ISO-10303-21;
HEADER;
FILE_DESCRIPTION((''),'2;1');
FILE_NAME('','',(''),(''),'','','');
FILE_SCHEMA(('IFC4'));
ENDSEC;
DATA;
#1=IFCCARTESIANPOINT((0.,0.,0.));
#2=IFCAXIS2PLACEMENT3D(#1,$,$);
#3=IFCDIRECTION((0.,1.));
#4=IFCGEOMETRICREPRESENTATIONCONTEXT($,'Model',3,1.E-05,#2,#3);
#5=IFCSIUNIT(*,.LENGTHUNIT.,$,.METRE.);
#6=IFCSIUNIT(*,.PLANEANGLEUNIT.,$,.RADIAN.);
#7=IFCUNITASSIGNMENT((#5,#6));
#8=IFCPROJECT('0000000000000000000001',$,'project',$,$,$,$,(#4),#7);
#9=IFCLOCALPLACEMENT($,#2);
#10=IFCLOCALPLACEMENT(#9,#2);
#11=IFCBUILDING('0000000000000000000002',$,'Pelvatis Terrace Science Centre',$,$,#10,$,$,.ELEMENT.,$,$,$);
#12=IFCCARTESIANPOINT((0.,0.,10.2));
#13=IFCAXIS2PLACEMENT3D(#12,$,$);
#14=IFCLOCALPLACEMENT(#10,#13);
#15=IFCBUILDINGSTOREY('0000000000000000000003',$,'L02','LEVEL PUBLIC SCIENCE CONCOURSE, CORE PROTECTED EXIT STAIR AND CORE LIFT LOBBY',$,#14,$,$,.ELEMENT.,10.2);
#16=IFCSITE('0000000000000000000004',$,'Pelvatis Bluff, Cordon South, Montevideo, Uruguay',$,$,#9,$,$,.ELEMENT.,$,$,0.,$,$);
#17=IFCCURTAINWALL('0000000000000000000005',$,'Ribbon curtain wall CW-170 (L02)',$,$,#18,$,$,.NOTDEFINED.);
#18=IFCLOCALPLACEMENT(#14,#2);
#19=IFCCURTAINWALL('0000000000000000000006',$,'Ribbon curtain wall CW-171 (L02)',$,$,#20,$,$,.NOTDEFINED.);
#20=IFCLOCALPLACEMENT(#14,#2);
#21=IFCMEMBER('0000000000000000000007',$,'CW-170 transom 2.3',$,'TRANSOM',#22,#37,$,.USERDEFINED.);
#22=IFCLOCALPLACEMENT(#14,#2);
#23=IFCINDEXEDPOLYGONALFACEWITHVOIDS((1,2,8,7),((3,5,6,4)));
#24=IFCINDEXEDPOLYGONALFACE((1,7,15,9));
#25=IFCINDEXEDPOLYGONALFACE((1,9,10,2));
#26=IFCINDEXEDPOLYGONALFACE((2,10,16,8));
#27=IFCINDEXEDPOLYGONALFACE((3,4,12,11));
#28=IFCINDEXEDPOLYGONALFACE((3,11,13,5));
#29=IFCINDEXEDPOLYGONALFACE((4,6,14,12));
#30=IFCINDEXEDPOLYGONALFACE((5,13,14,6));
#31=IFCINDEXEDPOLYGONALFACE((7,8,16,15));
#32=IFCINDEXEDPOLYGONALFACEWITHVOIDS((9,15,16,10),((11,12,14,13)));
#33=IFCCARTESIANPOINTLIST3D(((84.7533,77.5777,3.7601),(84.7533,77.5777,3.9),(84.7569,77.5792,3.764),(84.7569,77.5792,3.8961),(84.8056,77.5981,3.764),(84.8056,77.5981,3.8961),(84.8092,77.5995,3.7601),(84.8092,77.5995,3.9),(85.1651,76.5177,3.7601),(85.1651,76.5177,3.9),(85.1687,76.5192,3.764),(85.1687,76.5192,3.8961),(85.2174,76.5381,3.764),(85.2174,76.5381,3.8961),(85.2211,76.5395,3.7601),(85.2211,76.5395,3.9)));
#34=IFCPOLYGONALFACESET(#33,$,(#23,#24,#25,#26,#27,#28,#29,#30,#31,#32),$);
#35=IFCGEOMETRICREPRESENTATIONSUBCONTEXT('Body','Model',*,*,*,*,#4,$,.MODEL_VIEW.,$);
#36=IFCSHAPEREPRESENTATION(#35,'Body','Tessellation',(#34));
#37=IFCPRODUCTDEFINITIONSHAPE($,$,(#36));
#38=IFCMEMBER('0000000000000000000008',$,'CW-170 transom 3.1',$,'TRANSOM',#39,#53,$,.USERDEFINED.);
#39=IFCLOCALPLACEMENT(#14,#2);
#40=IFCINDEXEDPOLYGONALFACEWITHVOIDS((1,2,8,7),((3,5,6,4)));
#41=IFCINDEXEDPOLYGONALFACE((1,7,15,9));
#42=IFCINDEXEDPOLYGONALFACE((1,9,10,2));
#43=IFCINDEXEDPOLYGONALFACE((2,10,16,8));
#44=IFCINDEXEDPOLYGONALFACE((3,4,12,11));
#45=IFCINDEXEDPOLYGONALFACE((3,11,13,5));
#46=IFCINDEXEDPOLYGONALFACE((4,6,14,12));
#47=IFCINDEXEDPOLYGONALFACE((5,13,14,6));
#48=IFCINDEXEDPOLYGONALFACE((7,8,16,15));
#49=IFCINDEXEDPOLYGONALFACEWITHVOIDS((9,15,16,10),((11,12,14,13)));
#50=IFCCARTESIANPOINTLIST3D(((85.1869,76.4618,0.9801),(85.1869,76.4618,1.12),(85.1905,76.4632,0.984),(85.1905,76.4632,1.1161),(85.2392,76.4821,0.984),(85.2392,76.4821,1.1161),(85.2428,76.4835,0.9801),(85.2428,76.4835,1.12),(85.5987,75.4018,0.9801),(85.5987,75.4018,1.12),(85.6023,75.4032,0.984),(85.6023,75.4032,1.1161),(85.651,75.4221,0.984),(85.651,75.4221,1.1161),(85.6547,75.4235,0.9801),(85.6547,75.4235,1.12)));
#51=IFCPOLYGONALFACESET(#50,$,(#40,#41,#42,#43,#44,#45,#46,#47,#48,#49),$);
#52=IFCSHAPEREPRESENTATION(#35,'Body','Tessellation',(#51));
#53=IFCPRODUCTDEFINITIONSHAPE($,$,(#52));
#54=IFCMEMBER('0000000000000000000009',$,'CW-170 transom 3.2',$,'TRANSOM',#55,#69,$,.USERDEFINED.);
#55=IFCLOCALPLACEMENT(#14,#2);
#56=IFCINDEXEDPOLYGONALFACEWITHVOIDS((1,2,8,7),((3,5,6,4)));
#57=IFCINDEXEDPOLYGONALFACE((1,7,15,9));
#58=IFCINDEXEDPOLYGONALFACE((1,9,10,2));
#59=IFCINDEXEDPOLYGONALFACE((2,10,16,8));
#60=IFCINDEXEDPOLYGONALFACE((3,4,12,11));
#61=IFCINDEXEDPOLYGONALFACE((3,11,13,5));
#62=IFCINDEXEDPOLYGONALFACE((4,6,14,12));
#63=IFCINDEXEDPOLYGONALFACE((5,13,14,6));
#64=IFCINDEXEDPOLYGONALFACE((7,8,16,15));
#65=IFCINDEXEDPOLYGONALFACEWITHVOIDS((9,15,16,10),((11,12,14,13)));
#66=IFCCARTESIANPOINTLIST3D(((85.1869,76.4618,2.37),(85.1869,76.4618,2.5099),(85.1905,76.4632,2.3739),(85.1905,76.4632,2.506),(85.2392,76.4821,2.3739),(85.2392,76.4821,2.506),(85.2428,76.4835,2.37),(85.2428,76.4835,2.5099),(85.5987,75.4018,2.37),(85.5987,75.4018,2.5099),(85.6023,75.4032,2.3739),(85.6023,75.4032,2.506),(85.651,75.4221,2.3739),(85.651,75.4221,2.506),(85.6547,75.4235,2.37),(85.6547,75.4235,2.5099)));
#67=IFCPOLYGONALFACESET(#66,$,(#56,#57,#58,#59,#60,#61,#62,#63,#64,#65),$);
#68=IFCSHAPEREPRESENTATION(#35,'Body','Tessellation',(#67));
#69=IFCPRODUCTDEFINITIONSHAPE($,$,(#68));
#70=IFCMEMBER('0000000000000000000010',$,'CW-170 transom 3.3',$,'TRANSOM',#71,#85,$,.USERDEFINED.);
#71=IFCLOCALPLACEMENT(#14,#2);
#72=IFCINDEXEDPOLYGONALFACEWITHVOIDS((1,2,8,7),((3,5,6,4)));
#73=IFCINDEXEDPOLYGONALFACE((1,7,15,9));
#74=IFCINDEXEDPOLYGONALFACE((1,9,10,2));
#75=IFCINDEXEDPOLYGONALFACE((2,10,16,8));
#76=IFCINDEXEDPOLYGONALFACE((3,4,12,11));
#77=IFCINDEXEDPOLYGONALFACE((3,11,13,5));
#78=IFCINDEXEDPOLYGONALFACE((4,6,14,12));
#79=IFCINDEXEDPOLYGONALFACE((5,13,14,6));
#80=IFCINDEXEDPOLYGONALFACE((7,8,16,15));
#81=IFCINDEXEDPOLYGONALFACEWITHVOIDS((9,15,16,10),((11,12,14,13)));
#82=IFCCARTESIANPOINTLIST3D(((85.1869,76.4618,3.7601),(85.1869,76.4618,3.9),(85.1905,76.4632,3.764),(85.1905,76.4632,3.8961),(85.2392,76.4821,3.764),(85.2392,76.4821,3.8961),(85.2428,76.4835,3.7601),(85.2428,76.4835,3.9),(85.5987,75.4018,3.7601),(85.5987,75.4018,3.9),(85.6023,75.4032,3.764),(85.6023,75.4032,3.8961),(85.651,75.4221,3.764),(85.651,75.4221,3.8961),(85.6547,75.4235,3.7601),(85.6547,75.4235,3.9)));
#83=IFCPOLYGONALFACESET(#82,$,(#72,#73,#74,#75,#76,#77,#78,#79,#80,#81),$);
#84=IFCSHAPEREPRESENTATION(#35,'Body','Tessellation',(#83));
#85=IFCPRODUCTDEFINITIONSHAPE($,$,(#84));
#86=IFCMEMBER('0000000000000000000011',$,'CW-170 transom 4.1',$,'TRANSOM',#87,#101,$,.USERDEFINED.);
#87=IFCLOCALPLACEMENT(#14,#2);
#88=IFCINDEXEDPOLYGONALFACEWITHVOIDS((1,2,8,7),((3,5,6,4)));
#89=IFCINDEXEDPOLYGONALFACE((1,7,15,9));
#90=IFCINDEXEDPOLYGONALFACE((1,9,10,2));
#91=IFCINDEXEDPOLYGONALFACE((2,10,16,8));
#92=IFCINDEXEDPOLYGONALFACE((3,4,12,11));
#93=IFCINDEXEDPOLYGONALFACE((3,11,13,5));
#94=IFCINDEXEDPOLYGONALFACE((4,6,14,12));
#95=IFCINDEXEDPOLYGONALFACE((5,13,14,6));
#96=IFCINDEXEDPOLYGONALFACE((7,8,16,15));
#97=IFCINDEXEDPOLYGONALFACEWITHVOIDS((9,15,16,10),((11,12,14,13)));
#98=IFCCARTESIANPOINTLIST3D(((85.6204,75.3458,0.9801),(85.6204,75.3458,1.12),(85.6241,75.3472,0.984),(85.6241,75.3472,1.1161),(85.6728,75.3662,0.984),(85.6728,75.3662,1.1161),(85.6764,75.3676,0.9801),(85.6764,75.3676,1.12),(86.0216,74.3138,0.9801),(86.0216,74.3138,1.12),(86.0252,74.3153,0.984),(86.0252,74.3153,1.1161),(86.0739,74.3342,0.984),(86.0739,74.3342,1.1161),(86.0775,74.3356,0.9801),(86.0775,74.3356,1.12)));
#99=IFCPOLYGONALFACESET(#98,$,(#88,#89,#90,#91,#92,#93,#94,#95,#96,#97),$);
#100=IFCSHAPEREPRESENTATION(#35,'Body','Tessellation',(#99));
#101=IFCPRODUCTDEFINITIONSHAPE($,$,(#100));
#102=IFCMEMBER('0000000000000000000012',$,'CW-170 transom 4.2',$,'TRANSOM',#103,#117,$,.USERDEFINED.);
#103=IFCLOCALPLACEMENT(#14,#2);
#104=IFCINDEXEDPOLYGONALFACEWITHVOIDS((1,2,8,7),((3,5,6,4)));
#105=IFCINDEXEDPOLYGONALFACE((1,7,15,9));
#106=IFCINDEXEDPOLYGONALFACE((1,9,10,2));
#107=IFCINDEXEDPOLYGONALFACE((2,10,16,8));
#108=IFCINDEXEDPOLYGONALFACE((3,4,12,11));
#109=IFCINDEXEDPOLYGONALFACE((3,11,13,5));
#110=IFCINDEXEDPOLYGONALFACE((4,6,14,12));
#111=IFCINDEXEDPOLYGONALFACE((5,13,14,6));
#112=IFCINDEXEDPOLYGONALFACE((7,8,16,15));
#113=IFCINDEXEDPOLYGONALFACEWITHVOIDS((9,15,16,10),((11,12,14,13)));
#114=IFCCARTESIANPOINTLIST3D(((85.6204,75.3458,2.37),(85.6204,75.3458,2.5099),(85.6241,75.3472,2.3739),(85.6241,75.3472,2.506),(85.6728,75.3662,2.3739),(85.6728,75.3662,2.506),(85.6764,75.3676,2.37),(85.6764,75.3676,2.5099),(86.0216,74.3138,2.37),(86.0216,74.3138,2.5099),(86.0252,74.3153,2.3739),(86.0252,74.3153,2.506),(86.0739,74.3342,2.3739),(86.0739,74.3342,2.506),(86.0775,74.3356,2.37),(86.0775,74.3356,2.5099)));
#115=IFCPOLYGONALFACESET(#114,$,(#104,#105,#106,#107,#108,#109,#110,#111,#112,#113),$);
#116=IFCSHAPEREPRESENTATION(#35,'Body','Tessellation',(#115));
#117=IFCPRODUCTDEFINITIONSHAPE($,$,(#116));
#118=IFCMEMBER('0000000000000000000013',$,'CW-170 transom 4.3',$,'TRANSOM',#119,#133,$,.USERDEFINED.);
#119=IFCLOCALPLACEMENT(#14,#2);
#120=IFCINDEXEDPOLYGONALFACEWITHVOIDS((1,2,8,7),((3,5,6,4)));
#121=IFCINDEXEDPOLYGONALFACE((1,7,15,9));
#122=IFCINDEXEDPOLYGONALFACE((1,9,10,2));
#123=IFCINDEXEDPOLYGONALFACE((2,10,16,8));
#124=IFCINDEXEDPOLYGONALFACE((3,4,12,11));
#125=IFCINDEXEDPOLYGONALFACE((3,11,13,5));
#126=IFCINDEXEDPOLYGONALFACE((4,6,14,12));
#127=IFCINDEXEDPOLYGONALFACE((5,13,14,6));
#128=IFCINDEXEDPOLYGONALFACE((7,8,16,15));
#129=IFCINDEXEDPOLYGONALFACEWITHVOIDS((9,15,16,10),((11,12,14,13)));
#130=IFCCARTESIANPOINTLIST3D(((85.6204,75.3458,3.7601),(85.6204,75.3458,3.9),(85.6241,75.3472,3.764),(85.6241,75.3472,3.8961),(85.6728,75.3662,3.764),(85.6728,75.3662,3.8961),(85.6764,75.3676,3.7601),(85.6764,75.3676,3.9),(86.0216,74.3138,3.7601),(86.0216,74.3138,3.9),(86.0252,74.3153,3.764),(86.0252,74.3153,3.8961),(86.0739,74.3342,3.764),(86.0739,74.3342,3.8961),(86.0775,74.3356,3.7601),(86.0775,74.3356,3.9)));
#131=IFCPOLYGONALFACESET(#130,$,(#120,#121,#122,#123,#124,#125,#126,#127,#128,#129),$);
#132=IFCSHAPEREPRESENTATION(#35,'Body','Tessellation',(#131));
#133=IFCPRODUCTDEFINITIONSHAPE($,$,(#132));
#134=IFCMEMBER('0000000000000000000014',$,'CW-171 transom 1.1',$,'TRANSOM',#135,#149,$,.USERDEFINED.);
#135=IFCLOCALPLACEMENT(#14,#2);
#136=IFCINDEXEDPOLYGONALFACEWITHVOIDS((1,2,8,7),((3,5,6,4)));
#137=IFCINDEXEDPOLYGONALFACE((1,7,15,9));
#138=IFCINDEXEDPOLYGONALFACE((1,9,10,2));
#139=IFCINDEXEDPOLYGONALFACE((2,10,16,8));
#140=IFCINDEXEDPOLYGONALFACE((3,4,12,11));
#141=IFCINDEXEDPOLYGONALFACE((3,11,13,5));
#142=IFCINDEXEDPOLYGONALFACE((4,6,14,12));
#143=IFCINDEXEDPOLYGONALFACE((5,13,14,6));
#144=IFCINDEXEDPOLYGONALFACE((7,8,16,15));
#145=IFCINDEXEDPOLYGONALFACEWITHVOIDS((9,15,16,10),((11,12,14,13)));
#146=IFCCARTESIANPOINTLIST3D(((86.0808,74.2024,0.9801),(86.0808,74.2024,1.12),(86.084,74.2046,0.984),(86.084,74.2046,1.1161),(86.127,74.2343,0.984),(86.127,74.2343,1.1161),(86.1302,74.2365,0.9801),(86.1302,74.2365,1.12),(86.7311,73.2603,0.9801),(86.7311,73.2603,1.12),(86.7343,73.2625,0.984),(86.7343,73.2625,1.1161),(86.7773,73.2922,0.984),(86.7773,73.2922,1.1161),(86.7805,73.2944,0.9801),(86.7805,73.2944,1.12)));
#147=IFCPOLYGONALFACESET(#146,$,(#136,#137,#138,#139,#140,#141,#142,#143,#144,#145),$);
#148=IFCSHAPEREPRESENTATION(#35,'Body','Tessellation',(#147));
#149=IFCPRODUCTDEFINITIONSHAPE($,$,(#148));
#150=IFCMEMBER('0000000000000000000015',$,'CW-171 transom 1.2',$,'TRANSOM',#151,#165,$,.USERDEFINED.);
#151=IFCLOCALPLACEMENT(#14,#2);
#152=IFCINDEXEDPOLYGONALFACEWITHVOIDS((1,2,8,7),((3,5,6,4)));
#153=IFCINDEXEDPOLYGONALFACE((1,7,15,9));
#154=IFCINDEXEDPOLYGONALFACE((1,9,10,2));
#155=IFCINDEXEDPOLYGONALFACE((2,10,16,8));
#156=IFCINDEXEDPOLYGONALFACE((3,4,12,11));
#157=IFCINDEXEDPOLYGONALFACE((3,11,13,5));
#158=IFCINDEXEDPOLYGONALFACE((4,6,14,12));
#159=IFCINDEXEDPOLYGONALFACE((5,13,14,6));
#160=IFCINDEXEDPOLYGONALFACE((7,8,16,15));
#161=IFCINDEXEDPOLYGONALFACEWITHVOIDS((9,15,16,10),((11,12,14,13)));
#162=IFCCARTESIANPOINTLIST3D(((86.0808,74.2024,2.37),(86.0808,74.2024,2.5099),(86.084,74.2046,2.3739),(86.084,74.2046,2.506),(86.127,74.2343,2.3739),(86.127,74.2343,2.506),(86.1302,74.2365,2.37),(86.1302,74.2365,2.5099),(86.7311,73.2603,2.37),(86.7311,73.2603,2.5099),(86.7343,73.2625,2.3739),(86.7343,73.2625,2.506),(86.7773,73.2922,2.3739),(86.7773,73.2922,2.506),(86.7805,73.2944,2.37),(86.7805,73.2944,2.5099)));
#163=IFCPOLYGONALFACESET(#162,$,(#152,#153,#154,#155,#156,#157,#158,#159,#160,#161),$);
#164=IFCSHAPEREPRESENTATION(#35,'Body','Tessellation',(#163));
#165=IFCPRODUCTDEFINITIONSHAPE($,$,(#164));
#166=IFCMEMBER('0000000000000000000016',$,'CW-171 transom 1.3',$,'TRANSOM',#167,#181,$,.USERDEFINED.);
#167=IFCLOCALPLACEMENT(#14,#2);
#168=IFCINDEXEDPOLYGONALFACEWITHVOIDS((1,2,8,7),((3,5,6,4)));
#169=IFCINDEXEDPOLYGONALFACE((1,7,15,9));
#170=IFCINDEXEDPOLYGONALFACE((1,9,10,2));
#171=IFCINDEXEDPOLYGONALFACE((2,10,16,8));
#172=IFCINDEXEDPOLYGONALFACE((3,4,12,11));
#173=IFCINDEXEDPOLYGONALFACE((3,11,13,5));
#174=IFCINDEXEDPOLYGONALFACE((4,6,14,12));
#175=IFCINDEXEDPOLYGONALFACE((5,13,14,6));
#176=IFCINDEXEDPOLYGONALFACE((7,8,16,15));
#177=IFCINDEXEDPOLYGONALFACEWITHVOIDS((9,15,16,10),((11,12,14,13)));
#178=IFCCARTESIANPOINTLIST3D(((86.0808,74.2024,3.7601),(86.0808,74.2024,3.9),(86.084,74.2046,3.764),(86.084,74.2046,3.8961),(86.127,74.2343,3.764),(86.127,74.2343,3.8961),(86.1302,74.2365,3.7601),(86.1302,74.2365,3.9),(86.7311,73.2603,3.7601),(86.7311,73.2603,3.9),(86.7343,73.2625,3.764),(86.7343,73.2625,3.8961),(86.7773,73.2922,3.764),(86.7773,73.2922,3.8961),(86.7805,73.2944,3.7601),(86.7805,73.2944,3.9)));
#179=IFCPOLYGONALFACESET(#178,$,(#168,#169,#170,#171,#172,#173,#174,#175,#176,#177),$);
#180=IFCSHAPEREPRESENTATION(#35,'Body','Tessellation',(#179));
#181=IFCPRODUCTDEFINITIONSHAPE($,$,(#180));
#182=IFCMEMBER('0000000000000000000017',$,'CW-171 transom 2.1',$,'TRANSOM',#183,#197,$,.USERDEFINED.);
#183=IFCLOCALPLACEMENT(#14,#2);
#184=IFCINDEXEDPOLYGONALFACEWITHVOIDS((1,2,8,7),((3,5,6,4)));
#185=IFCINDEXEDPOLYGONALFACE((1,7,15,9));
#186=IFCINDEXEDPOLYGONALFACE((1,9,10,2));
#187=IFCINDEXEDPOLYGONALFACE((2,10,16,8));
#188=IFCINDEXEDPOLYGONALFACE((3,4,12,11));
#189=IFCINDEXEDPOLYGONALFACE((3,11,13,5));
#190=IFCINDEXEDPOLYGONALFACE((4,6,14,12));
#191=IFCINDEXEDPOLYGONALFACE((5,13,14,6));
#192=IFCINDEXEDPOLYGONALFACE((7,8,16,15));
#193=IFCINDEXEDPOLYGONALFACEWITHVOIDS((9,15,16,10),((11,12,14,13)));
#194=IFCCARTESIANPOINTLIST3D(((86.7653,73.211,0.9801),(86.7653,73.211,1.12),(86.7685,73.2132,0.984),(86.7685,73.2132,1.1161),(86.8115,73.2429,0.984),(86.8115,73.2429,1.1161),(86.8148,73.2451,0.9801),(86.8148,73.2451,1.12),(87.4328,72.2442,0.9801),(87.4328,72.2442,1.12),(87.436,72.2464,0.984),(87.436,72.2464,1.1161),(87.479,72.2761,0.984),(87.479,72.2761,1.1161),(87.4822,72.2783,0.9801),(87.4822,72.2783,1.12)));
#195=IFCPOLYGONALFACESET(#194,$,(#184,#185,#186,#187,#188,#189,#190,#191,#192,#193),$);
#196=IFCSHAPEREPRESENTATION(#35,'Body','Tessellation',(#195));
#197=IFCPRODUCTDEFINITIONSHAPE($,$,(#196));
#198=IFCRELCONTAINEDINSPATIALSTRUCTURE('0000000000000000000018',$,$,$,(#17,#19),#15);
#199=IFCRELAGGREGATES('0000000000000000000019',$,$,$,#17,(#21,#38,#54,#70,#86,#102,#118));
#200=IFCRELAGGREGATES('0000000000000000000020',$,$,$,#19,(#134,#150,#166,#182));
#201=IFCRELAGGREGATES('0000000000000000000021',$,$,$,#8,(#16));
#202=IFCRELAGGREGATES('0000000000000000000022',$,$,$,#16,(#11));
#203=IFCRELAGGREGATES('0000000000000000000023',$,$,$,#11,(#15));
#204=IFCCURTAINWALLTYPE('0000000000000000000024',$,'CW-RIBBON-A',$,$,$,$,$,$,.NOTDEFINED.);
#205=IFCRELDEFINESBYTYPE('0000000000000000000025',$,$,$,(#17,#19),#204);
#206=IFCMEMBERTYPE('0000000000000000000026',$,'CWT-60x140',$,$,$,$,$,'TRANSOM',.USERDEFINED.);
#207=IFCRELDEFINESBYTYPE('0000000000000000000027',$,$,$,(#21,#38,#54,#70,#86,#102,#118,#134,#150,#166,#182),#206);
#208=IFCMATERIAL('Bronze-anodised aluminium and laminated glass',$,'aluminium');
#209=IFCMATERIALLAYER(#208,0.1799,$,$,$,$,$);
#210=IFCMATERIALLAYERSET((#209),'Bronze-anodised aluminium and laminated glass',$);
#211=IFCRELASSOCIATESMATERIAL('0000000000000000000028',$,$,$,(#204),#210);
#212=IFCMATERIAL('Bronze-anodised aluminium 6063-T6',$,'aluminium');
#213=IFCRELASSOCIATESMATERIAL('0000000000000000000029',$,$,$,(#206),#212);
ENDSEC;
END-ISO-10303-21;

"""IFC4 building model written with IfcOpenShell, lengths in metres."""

from ifc_helpers import new_model, si_unit, direction, frame, origin, origin_2d, place, context, subcontext, project, spatial, hollow_rectangle, extrude, material, layer, layer_set, material_profile, profile_set, type_object, element, aggregate, save


model = new_model("IFC4")

# Units and contexts
model_context = context("Model", 3, precision=1e-05, world=origin(), true_north=direction((0.0, 1.0)))
body_context = subcontext(model_context, "Body", "Model", "MODEL_VIEW")
ifc_project = project(units=[si_unit("LENGTHUNIT", "METRE"), si_unit("PLANEANGLEUNIT", "RADIAN")], contexts=[model_context])

# Site, building, storey
site_placement = place(None, origin())
site = spatial("IfcSite", under=ifc_project, at=site_placement, Name="Pelvatis Bluff, Cordon South, Montevideo, Uruguay", CompositionType="ELEMENT", RefElevation=0.0)
building_placement = place(site_placement, origin())
building = spatial("IfcBuilding", under=site, at=building_placement, Name="Pelvatis Terrace Science Centre", CompositionType="ELEMENT")
storey_placement = place(building_placement, frame((0.0, 0.0, 10.2)))
storey = spatial("IfcBuildingStorey", under=building, at=storey_placement, Name="L02", Description="LEVEL PUBLIC SCIENCE CONCOURSE, CORE PROTECTED EXIT STAIR AND CORE LIFT LOBBY", CompositionType="ELEMENT", Elevation=10.2)

# Curtain walls
ifc_material_1 = material(Name="Bronze-anodised aluminium and laminated glass", Category="aluminium")
ifc_layer_1 = layer(ifc_material_1, 0.1799)
ifc_layer_set_1 = layer_set([ifc_layer_1], Name="Bronze-anodised aluminium and laminated glass")
curtain_wall_type = type_object("IfcCurtainWallType", Name="CW-RIBBON-A", PredefinedType="NOTDEFINED", material=ifc_layer_set_1)
curtain_wall_1_placement = place(storey_placement, origin())
curtain_wall_1 = element("IfcCurtainWall", 1, at=curtain_wall_1_placement, inside=storey, type_object=curtain_wall_type, Name="Ribbon curtain wall CW-170 (L02)", PredefinedType="NOTDEFINED")
curtain_wall_2_placement = place(storey_placement, origin())
curtain_wall_2 = element("IfcCurtainWall", 2, at=curtain_wall_2_placement, inside=storey, type_object=curtain_wall_type, Name="Ribbon curtain wall CW-171 (L02)", PredefinedType="NOTDEFINED")

# Members
ifc_material_2 = material(Name="Bronze-anodised aluminium 6063-T6", Category="aluminium")
ifc_material_profile_1 = material_profile(ifc_material_2, hollow_rectangle(XDim=0.0601, YDim=0.1399, WallThickness=0.0039, at=origin_2d()), Name="ALU-TRN 60x140")
ifc_profile_set_1 = profile_set([ifc_material_profile_1], Name="Bronze-anodised aluminium 6063-T6")
member_type_1 = type_object("IfcMemberType", Name="CWT-60x140", ElementType="TRANSOM", PredefinedType="USERDEFINED", material=ifc_profile_set_1)
member_1_placement = place(storey_placement, frame((84.7812, 77.5886, 3.8301), z_axis=(0.362156, -0.932117, 0.0), x_axis=(0.932117, 0.362156, 0.0)))
member_1 = element("IfcMember", 3, at=member_1_placement, type_object=member_type_1, Name="CW-170 transom 2.3", ObjectType="TRANSOM", PredefinedType="USERDEFINED", context=body_context, shape_type="SweptSolid", body=[
    extrude(hollow_rectangle(XDim=0.0601, YDim=0.1399, WallThickness=0.0039, at=origin_2d()), origin(), (0.0, 0.0, 1.0), 1.1372),
])
member_2_placement = place(storey_placement, frame((85.2148, 76.4727, 1.05), z_axis=(0.362156, -0.932117, 0.0), x_axis=(0.932117, 0.362156, 0.0)))
member_2 = element("IfcMember", 4, at=member_2_placement, type_object=member_type_1, Name="CW-170 transom 3.1", ObjectType="TRANSOM", PredefinedType="USERDEFINED", context=body_context, shape_type="SweptSolid", body=[
    extrude(hollow_rectangle(XDim=0.0601, YDim=0.1399, WallThickness=0.0039, at=origin_2d()), origin(), (0.0, 0.0, 1.0), 1.1372),
])
member_3_placement = place(storey_placement, frame((85.2148, 76.4727, 2.4399), z_axis=(0.362156, -0.932117, 0.0), x_axis=(0.932117, 0.362156, 0.0)))
member_3 = element("IfcMember", 5, at=member_3_placement, type_object=member_type_1, Name="CW-170 transom 3.2", ObjectType="TRANSOM", PredefinedType="USERDEFINED", context=body_context, shape_type="SweptSolid", body=[
    extrude(hollow_rectangle(XDim=0.0601, YDim=0.1399, WallThickness=0.0039, at=origin_2d()), origin(), (0.0, 0.0, 1.0), 1.1372),
])
member_4_placement = place(storey_placement, frame((85.2148, 76.4727, 3.8301), z_axis=(0.362156, -0.932117, 0.0), x_axis=(0.932117, 0.362156, 0.0)))
member_4 = element("IfcMember", 6, at=member_4_placement, type_object=member_type_1, Name="CW-170 transom 3.3", ObjectType="TRANSOM", PredefinedType="USERDEFINED", context=body_context, shape_type="SweptSolid", body=[
    extrude(hollow_rectangle(XDim=0.0601, YDim=0.1399, WallThickness=0.0039, at=origin_2d()), origin(), (0.0, 0.0, 1.0), 1.1372),
])
member_5_placement = place(storey_placement, frame((85.6484, 75.3567, 1.05), z_axis=(0.362287, -0.932067, 0.0), x_axis=(0.932067, 0.362287, 0.0)))
member_5 = element("IfcMember", 7, at=member_5_placement, type_object=member_type_1, Name="CW-170 transom 4.1", ObjectType="TRANSOM", PredefinedType="USERDEFINED", context=body_context, shape_type="SweptSolid", body=[
    extrude(hollow_rectangle(XDim=0.0601, YDim=0.1399, WallThickness=0.0039, at=origin_2d()), origin(), (0.0, 0.0, 1.0), 1.1072),
])
member_6_placement = place(storey_placement, frame((85.6484, 75.3567, 2.4399), z_axis=(0.362287, -0.932067, 0.0), x_axis=(0.932067, 0.362287, 0.0)))
member_6 = element("IfcMember", 8, at=member_6_placement, type_object=member_type_1, Name="CW-170 transom 4.2", ObjectType="TRANSOM", PredefinedType="USERDEFINED", context=body_context, shape_type="SweptSolid", body=[
    extrude(hollow_rectangle(XDim=0.0601, YDim=0.1399, WallThickness=0.0039, at=origin_2d()), origin(), (0.0, 0.0, 1.0), 1.1072),
])
member_7_placement = place(storey_placement, frame((85.6484, 75.3567, 3.8301), z_axis=(0.362287, -0.932067, 0.0), x_axis=(0.932067, 0.362287, 0.0)))
member_7 = element("IfcMember", 9, at=member_7_placement, type_object=member_type_1, Name="CW-170 transom 4.3", ObjectType="TRANSOM", PredefinedType="USERDEFINED", context=body_context, shape_type="SweptSolid", body=[
    extrude(hollow_rectangle(XDim=0.0601, YDim=0.1399, WallThickness=0.0039, at=origin_2d()), origin(), (0.0, 0.0, 1.0), 1.1072),
])
member_8_placement = place(storey_placement, frame((86.1055, 74.2195, 1.05), z_axis=(0.568112, -0.822951, 0.0), x_axis=(0.822951, 0.568112, 0.0)))
member_8 = element("IfcMember", 10, at=member_8_placement, type_object=member_type_1, Name="CW-171 transom 1.1", ObjectType="TRANSOM", PredefinedType="USERDEFINED", context=body_context, shape_type="SweptSolid", body=[
    extrude(hollow_rectangle(XDim=0.0601, YDim=0.1399, WallThickness=0.0039, at=origin_2d()), origin(), (0.0, 0.0, 1.0), 1.1448),
])
member_9_placement = place(storey_placement, frame((86.1055, 74.2195, 2.4399), z_axis=(0.568112, -0.822951, 0.0), x_axis=(0.822951, 0.568112, 0.0)))
member_9 = element("IfcMember", 11, at=member_9_placement, type_object=member_type_1, Name="CW-171 transom 1.2", ObjectType="TRANSOM", PredefinedType="USERDEFINED", context=body_context, shape_type="SweptSolid", body=[
    extrude(hollow_rectangle(XDim=0.0601, YDim=0.1399, WallThickness=0.0039, at=origin_2d()), origin(), (0.0, 0.0, 1.0), 1.1448),
])
member_10_placement = place(storey_placement, frame((86.1055, 74.2195, 3.8301), z_axis=(0.568112, -0.822951, 0.0), x_axis=(0.822951, 0.568112, 0.0)))
member_10 = element("IfcMember", 12, at=member_10_placement, type_object=member_type_1, Name="CW-171 transom 1.3", ObjectType="TRANSOM", PredefinedType="USERDEFINED", context=body_context, shape_type="SweptSolid", body=[
    extrude(hollow_rectangle(XDim=0.0601, YDim=0.1399, WallThickness=0.0039, at=origin_2d()), origin(), (0.0, 0.0, 1.0), 1.1448),
])
member_11_placement = place(storey_placement, frame((86.79, 73.228, 1.05), z_axis=(0.568151, -0.822925, 0.0), x_axis=(0.822925, 0.568151, 0.0)))
member_11 = element("IfcMember", 13, at=member_11_placement, type_object=member_type_1, Name="CW-171 transom 2.1", ObjectType="TRANSOM", PredefinedType="USERDEFINED", context=body_context, shape_type="SweptSolid", body=[
    extrude(hollow_rectangle(XDim=0.0601, YDim=0.1399, WallThickness=0.0039, at=origin_2d()), origin(), (0.0, 0.0, 1.0), 1.1748),
])

aggregate(curtain_wall_1, [member_1, member_2, member_3, member_4, member_5, member_6, member_7])
aggregate(curtain_wall_2, [member_8, member_9, member_10, member_11])

save(model, "model.ifc")
